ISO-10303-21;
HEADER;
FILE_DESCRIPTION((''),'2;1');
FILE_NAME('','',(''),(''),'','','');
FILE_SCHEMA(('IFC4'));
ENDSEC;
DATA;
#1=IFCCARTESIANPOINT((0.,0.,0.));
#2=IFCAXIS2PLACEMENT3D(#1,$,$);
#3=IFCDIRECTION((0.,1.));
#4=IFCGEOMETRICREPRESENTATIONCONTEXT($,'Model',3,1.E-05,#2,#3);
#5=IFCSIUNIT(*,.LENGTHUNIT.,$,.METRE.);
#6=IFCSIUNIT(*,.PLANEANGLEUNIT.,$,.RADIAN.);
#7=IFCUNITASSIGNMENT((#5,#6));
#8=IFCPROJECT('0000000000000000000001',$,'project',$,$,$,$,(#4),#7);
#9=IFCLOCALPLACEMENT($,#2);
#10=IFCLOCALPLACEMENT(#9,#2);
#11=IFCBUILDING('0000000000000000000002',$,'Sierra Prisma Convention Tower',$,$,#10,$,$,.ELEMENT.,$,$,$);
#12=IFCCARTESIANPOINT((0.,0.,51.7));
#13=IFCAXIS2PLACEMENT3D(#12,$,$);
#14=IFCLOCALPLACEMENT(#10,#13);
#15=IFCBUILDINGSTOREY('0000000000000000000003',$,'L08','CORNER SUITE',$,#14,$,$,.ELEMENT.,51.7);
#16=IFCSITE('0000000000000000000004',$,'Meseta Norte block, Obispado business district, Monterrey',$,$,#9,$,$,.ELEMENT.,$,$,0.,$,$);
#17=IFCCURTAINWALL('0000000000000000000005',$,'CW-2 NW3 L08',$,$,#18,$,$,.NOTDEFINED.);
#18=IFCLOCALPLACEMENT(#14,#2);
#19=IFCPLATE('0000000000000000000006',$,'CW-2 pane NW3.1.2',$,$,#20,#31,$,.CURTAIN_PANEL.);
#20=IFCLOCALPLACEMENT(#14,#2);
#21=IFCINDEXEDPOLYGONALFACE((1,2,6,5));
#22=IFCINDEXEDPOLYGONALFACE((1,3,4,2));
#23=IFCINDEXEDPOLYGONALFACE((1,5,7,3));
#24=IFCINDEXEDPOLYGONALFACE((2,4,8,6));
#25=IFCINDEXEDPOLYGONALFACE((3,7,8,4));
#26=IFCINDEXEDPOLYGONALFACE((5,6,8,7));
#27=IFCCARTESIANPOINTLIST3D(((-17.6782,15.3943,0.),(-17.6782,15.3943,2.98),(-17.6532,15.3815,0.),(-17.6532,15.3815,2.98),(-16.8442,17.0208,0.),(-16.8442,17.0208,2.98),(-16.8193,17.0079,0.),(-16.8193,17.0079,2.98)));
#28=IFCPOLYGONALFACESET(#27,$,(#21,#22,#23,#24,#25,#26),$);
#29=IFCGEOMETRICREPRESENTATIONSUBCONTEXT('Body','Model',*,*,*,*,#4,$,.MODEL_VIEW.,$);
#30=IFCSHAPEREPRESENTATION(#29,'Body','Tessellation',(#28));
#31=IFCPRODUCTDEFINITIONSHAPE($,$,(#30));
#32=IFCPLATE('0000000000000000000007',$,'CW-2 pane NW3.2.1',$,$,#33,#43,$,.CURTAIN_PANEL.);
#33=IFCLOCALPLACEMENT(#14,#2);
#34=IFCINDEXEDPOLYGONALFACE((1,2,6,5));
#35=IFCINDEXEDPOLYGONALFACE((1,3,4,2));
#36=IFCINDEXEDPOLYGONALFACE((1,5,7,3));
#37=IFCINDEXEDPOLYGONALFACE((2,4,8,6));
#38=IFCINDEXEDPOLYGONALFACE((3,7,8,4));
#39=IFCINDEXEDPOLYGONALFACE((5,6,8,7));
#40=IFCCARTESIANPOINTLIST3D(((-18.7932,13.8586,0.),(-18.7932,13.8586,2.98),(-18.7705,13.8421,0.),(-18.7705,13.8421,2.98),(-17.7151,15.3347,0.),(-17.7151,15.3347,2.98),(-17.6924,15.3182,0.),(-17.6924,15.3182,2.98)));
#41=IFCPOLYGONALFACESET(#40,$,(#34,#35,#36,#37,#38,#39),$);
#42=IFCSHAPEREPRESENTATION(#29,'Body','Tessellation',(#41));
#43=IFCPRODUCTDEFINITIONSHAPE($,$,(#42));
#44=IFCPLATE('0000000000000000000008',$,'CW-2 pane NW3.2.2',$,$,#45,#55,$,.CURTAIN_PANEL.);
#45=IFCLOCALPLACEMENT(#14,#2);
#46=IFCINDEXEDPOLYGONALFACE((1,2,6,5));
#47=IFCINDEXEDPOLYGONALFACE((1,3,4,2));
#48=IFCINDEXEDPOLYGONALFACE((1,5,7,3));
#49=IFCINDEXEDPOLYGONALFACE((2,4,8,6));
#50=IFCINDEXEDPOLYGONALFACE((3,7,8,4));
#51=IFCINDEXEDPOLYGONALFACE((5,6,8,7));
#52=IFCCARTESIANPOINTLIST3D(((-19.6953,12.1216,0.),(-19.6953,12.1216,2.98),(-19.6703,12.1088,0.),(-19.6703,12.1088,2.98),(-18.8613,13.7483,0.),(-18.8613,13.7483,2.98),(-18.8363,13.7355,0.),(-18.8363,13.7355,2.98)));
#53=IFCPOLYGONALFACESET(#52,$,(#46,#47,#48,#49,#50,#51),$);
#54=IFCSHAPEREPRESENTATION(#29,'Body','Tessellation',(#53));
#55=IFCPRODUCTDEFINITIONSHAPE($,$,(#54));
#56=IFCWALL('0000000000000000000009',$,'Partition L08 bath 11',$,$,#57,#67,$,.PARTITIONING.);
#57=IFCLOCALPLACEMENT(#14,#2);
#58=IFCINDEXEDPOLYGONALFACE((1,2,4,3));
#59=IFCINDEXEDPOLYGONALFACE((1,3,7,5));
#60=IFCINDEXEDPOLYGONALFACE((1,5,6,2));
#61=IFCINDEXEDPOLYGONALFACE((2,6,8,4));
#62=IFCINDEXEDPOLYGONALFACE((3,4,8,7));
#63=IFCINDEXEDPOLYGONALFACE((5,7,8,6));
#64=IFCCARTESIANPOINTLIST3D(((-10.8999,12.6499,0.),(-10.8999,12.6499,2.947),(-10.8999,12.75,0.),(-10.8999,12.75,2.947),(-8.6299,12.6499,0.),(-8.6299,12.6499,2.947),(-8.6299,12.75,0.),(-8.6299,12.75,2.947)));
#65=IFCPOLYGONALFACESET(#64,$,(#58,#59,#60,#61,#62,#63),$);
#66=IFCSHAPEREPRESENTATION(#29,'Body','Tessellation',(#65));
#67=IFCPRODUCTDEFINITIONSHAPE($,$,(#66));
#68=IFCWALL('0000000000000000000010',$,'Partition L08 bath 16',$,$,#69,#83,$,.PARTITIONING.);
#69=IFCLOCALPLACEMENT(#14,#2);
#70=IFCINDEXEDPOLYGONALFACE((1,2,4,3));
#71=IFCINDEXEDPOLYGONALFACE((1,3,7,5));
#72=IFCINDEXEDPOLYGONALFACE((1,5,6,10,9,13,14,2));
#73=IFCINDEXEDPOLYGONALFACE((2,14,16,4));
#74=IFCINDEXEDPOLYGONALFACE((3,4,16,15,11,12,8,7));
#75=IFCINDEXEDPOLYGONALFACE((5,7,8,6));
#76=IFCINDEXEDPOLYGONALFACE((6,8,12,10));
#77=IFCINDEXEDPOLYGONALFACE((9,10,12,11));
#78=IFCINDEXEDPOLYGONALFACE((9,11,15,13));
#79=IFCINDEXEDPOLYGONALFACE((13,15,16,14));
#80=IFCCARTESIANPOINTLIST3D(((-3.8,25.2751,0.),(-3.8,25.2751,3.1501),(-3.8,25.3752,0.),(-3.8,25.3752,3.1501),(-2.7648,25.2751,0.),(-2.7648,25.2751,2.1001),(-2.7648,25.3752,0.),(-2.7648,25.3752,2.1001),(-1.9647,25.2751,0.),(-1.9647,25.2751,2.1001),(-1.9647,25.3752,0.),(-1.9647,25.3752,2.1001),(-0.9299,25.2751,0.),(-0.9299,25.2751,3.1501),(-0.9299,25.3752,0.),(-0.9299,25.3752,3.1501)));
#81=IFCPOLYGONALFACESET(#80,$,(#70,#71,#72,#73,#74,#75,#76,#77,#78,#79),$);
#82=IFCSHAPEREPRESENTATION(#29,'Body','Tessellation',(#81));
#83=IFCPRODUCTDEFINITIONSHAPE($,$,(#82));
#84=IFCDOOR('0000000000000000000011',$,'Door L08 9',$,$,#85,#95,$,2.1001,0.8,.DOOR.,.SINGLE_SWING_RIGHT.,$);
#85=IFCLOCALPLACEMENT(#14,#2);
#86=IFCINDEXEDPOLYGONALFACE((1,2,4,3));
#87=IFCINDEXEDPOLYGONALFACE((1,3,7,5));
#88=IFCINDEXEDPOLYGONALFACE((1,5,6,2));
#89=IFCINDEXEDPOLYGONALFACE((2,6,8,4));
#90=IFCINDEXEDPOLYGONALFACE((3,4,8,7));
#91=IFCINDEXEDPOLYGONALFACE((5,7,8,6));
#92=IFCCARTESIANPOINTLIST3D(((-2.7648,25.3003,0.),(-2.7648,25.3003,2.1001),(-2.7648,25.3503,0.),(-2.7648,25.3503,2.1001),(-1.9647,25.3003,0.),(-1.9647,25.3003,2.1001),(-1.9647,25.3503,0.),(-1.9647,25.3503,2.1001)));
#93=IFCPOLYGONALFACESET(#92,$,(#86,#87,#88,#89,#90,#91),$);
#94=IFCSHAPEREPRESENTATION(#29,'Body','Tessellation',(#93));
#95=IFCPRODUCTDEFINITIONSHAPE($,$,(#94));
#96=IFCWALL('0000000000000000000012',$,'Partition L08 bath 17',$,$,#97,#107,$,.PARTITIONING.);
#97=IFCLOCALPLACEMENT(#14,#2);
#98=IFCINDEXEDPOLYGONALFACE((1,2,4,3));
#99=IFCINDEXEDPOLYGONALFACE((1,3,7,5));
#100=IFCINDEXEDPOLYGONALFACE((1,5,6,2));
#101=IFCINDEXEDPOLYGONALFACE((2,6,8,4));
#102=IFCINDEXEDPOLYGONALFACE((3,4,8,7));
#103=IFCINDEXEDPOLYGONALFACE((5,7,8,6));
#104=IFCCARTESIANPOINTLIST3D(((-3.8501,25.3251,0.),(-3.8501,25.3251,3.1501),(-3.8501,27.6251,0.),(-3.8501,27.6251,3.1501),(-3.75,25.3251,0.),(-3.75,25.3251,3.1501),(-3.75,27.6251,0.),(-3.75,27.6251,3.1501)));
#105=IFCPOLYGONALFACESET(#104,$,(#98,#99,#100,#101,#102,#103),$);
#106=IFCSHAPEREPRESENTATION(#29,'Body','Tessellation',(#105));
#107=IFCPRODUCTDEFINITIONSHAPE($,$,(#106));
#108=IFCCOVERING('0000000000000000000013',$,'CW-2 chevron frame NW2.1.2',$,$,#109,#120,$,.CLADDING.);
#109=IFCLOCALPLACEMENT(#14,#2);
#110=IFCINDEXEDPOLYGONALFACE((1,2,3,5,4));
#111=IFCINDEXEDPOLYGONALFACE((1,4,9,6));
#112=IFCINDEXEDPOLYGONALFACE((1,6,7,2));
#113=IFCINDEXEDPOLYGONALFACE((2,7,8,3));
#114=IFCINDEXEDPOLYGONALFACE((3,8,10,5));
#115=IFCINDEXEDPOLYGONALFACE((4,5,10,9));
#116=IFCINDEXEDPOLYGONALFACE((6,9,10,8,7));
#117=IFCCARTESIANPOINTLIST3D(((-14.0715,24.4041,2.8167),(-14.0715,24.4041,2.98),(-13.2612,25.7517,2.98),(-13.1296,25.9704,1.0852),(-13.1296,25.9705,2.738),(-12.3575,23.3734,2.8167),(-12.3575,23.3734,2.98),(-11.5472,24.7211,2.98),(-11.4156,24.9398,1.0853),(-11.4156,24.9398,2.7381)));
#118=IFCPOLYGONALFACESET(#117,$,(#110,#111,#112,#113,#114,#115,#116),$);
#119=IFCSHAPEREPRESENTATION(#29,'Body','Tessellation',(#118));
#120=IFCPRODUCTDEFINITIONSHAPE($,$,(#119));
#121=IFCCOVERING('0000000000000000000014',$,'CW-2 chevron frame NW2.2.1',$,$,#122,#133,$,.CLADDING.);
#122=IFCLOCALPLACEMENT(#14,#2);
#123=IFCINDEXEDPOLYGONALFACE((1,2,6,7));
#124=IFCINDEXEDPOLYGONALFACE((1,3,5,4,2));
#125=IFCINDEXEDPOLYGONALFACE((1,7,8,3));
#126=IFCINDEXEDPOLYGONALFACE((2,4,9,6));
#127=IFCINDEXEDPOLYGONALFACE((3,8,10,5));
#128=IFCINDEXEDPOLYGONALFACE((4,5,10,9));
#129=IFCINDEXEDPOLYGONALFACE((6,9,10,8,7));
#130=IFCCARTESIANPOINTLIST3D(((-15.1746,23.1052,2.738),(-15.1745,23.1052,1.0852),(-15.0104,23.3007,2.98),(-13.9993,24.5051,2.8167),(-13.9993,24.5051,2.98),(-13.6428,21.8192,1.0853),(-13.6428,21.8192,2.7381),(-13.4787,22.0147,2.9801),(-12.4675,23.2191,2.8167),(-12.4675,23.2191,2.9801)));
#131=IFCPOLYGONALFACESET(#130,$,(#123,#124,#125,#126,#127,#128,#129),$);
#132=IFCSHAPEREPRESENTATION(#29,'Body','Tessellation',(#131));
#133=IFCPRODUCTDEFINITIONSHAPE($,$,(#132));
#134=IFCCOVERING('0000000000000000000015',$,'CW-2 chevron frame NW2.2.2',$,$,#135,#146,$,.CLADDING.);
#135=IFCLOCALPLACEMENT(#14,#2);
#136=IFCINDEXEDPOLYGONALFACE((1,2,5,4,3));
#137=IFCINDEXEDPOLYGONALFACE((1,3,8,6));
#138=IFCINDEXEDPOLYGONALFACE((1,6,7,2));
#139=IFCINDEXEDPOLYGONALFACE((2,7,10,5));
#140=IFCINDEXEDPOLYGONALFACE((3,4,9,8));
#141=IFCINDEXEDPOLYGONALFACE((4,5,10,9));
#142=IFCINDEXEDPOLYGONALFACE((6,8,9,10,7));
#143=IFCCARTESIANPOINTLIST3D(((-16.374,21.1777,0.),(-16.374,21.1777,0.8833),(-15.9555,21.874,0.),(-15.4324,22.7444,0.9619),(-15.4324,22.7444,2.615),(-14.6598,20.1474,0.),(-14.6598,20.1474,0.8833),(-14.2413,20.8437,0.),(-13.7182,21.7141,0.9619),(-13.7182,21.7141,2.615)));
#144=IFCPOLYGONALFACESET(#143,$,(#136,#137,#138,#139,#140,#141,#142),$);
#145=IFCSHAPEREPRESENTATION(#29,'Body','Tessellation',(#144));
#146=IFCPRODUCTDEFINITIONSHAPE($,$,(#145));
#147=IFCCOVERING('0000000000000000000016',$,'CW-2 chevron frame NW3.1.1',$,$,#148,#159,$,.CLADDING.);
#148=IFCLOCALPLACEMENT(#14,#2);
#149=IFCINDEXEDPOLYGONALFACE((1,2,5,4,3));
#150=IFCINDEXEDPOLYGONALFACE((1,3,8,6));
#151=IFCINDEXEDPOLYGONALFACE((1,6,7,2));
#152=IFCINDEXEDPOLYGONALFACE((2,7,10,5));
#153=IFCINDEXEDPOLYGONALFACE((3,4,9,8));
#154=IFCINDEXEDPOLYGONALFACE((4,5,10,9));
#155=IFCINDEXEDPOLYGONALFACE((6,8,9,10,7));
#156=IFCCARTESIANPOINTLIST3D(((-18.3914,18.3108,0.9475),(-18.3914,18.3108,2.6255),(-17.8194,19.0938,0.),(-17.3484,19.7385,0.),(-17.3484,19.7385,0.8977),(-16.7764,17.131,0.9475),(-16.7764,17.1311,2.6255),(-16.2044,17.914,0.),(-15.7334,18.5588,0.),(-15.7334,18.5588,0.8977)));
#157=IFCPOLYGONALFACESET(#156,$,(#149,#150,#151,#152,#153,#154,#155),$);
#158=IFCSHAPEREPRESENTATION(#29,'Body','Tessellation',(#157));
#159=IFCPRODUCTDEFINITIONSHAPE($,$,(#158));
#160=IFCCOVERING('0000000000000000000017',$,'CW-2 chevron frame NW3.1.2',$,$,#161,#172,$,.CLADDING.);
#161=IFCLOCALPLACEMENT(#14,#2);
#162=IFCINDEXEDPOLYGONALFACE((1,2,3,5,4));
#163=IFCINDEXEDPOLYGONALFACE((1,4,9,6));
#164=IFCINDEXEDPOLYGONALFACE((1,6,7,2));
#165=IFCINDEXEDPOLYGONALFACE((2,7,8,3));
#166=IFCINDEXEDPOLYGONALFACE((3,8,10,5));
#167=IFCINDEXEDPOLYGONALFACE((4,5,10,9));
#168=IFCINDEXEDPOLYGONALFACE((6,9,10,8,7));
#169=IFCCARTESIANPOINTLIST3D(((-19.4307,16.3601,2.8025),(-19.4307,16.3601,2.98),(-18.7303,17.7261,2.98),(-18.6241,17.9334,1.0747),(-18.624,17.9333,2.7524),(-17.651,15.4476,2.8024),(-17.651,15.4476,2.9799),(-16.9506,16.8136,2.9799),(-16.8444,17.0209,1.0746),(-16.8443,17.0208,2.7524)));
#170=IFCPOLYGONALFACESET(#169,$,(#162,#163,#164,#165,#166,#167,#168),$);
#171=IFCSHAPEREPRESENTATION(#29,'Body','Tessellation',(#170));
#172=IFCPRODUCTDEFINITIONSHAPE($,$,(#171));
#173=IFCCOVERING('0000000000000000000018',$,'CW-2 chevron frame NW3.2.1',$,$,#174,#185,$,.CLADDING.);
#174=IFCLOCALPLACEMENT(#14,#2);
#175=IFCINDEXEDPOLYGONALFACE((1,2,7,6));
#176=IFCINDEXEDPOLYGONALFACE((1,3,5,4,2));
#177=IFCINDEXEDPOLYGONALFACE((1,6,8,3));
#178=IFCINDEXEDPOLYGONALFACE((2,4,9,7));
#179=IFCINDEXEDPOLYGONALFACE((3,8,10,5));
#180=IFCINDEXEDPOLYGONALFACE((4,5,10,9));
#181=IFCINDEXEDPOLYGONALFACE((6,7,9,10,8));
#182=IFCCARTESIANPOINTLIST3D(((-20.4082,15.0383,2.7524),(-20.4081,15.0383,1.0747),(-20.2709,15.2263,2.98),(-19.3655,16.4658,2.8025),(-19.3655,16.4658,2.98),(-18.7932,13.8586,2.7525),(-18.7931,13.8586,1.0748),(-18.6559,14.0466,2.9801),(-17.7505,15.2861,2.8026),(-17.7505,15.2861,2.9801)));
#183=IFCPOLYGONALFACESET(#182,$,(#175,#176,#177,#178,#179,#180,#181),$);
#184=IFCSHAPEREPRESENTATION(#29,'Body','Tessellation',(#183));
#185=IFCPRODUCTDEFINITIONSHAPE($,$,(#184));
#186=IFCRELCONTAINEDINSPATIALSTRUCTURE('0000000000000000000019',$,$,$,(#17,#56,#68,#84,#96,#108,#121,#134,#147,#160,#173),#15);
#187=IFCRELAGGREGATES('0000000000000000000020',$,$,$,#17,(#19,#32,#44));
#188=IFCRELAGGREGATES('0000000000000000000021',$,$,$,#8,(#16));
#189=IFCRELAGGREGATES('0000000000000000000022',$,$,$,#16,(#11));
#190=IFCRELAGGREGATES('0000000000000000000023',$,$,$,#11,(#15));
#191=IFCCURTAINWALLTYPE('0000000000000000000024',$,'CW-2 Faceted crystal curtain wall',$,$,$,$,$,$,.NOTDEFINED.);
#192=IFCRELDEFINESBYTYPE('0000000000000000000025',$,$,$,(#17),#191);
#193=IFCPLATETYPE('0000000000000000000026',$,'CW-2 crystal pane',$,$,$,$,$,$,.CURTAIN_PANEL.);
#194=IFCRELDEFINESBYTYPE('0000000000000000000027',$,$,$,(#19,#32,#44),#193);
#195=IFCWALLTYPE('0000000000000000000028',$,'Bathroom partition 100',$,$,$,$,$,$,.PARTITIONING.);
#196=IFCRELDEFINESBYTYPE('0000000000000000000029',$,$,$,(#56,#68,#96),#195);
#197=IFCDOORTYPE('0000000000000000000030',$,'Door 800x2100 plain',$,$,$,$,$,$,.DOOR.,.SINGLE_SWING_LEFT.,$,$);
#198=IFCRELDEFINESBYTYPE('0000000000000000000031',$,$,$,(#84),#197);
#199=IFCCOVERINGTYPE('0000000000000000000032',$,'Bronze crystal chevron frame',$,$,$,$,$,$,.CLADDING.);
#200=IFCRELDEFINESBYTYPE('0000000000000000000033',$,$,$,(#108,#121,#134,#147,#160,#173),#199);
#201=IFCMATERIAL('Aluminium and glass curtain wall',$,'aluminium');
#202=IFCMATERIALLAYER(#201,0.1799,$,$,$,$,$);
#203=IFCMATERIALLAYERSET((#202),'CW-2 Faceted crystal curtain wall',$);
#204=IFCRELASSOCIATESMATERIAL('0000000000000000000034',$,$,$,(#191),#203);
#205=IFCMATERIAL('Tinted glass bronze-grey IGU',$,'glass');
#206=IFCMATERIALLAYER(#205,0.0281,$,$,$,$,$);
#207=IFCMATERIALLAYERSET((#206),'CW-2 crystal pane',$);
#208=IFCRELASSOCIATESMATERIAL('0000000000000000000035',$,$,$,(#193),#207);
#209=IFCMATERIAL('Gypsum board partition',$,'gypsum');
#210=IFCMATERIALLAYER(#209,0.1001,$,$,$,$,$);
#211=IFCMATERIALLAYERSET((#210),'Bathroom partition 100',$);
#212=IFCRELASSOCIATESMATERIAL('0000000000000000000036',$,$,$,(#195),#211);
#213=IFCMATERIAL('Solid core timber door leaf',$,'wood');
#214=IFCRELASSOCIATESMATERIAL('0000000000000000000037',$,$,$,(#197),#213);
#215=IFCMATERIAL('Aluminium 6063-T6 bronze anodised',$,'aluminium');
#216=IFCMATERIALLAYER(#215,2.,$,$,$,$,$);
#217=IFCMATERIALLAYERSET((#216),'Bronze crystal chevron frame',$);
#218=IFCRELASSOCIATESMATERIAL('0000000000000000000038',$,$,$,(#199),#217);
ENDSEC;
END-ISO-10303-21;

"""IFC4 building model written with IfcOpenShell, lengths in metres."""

from ifc_helpers import new_model, si_unit, direction, frame, frame_2d, origin, place, context, subcontext, project, spatial, polyline, rectangle, outline, extrude, material, layer, layer_set, type_object, element, fill, aggregate, save


model = new_model("IFC4")

# Units and contexts
model_context = context("Model", 3, precision=1e-05, world=origin(), true_north=direction((0.0, 1.0)))
body_context = subcontext(model_context, "Body", "Model", "MODEL_VIEW")
ifc_project = project(units=[si_unit("LENGTHUNIT", "METRE"), si_unit("PLANEANGLEUNIT", "RADIAN")], contexts=[model_context])

# Site, building, storey
site_placement = place(None, origin())
site = spatial("IfcSite", under=ifc_project, at=site_placement, Name="Meseta Norte block, Obispado business district, Monterrey", CompositionType="ELEMENT", RefElevation=0.0)
building_placement = place(site_placement, origin())
building = spatial("IfcBuilding", under=site, at=building_placement, Name="Sierra Prisma Convention Tower", CompositionType="ELEMENT")
storey_placement = place(building_placement, frame((0.0, 0.0, 51.7)))
storey = spatial("IfcBuildingStorey", under=building, at=storey_placement, Name="L08", Description="CORNER SUITE", CompositionType="ELEMENT", Elevation=51.7)

# Curtain wall
ifc_material_1 = material(Name="Aluminium and glass curtain wall", Category="aluminium")
ifc_layer_1 = layer(ifc_material_1, 0.1799)
ifc_layer_set_1 = layer_set([ifc_layer_1], Name="CW-2 Faceted crystal curtain wall")
curtain_wall_type = type_object("IfcCurtainWallType", Name="CW-2 Faceted crystal curtain wall", PredefinedType="NOTDEFINED", material=ifc_layer_set_1)
curtain_wall_1_placement = place(storey_placement, origin())
curtain_wall_1 = element("IfcCurtainWall", 1, at=curtain_wall_1_placement, inside=storey, type_object=curtain_wall_type, Name="CW-2 NW3 L08", PredefinedType="NOTDEFINED")

# Plates
ifc_material_2 = material(Name="Tinted glass bronze-grey IGU", Category="glass")
ifc_layer_2 = layer(ifc_material_2, 0.0281)
ifc_layer_set_2 = layer_set([ifc_layer_2], Name="CW-2 crystal pane")
plate_type = type_object("IfcPlateType", Name="CW-2 crystal pane", PredefinedType="CURTAIN_PANEL", material=ifc_layer_set_2)
plate_1_placement = place(storey_placement, frame((-17.6782, 15.3943, 0.0), z_axis=(-0.88984, 0.456273, 0.0), x_axis=(0.456273, 0.88984, 0.0)))
plate_1 = element("IfcPlate", 2, at=plate_1_placement, type_object=plate_type, Name="CW-2 pane NW3.1.2", PredefinedType="CURTAIN_PANEL", context=body_context, shape_type="SweptSolid", body=[
    extrude(outline(polyline([(0.0, 0.0), (1.8278, 0.0), (1.8278, -2.98), (0.0, -2.98), (0.0, 0.0)])), origin(), (0.0, 0.0, -1.0), 0.0281),
])
plate_2_placement = place(storey_placement, frame((-17.7151, 15.3347, 0.0), z_axis=(-0.807533, 0.589822, 0.0), x_axis=(-0.589822, -0.807533, 0.0)))
plate_2 = element("IfcPlate", 3, at=plate_2_placement, type_object=plate_type, Name="CW-2 pane NW3.2.1", PredefinedType="CURTAIN_PANEL", context=body_context, shape_type="SweptSolid", body=[
    extrude(outline(polyline([(0.0, 0.0), (1.8279, 0.0), (1.8279, 2.98), (0.0, 2.98), (0.0, 0.0)])), origin(), (0.0, 0.0, -1.0), 0.0281),
])
plate_3_placement = place(storey_placement, frame((-19.6953, 12.1216, 0.0), z_axis=(-0.889868, 0.456219, 0.0), x_axis=(0.456219, 0.889868, 0.0)))
plate_3 = element("IfcPlate", 4, at=plate_3_placement, type_object=plate_type, Name="CW-2 pane NW3.2.2", PredefinedType="CURTAIN_PANEL", context=body_context, shape_type="SweptSolid", body=[
    extrude(outline(polyline([(0.0, 0.0), (1.828, 0.0), (1.828, -2.98), (0.0, -2.98), (0.0, 0.0)])), origin(), (0.0, 0.0, -1.0), 0.0281),
])
aggregate(curtain_wall_1, [plate_1, plate_2, plate_3])

# Wall
ifc_material_3 = material(Name="Gypsum board partition", Category="gypsum")
ifc_layer_3 = layer(ifc_material_3, 0.1001)
ifc_layer_set_3 = layer_set([ifc_layer_3], Name="Bathroom partition 100")
wall_type = type_object("IfcWallType", Name="Bathroom partition 100", PredefinedType="PARTITIONING", material=ifc_layer_set_3)
wall_1_placement = place(storey_placement, frame((-10.8999, 12.7, 0.0), z_axis=(0.0, 0.0, 1.0), x_axis=(1.0, 0.0, 0.0)))
element("IfcWall", 5, at=wall_1_placement, inside=storey, type_object=wall_type, Name="Partition L08 bath 11", PredefinedType="PARTITIONING", context=body_context, shape_type="SweptSolid", body=[
    extrude(rectangle(XDim=2.27, YDim=0.1001, at=frame_2d((1.135, 0.0))), origin(), (0.0, 0.0, 1.0), 2.947),
])

# Wall, opening, door
wall_2_placement = place(storey_placement, frame((-0.9299, 25.3252, 0.0), z_axis=(0.0, 0.0, 1.0), x_axis=(-1.0, 0.0, 0.0)))
wall_2 = element("IfcWall", 6, at=wall_2_placement, inside=storey, type_object=wall_type, Name="Partition L08 bath 16", PredefinedType="PARTITIONING", context=body_context, shape_type="SweptSolid", body=[
    extrude(rectangle(XDim=2.8701, YDim=0.1001, at=frame_2d((1.4351, 0.0))), origin(), (0.0, 0.0, 1.0), 3.1501),
])
opening_placement = place(wall_2_placement, frame((1.0349, 0.0, 0.0)))
opening = element("IfcOpeningElement", 7, at=opening_placement, cuts=wall_2, PredefinedType="OPENING", context=body_context, shape_type="SweptSolid", body=[
    extrude(rectangle(XDim=0.8, YDim=2.1001, at=frame_2d((0.3999, 1.05))), frame((0.0, 0.05, 0.0), z_axis=(0.0, -1.0, 0.0), x_axis=(1.0, 0.0, 0.0)), (0.0, 0.0, 1.0), 0.1001),
])
ifc_material_4 = material(Name="Solid core timber door leaf", Category="wood")
door_type = type_object("IfcDoorType", Name="Door 800x2100 plain", OperationType="SINGLE_SWING_LEFT", PredefinedType="DOOR", material=ifc_material_4)
door_placement = place(opening_placement, origin())
door = element("IfcDoor", 8, at=door_placement, inside=storey, type_object=door_type, Name="Door L08 9", OperationType="SINGLE_SWING_RIGHT", OverallHeight=2.1001, OverallWidth=0.8, PredefinedType="DOOR", context=body_context, shape_type="SweptSolid", body=[
    extrude(rectangle(XDim=0.8, YDim=2.1001, at=frame_2d((0.3999, 1.05))), frame((0.0, 0.0249, 0.0), z_axis=(0.0, -1.0, 0.0), x_axis=(1.0, 0.0, 0.0)), (0.0, 0.0, 1.0), 0.05),
])
fill(opening, door)

# Wall
wall_3_placement = place(storey_placement, frame((-3.8, 25.3252, 0.0), z_axis=(0.0, 0.0, 1.0), x_axis=(0.0, 1.0, 0.0)))
element("IfcWall", 9, at=wall_3_placement, inside=storey, type_object=wall_type, Name="Partition L08 bath 17", PredefinedType="PARTITIONING", context=body_context, shape_type="SweptSolid", body=[
    extrude(rectangle(XDim=2.3, YDim=0.1001, at=frame_2d((1.1499, 0.0))), origin(), (0.0, 0.0, 1.0), 3.1501),
])

# Coverings
ifc_material_5 = material(Name="Aluminium 6063-T6 bronze anodised", Category="aluminium")
ifc_layer_4 = layer(ifc_material_5, 2.0)
ifc_layer_set_4 = layer_set([ifc_layer_4], Name="Bronze crystal chevron frame")
covering_type = type_object("IfcCoveringType", Name="Bronze crystal chevron frame", PredefinedType="CLADDING", material=ifc_layer_set_4)
covering_1_placement = place(storey_placement, frame((-13.1296, 25.9705, 2.738), z_axis=(-0.856999, 0.515318, -0.000023), x_axis=(0.00002, -0.000012, -1.0)))
element("IfcCovering", 10, at=covering_1_placement, inside=storey, type_object=covering_type, Name="CW-2 chevron frame NW2.1.2", PredefinedType="CLADDING", context=body_context, shape_type="SweptSolid", body=[
    extrude(outline(polyline([(0.0, 0.0), (1.6528, 0.0), (-0.0786, 1.8278), (-0.2419, 1.8278), (-0.2419, 0.2553), (0.0, 0.0)])), origin(), (0.0, 0.0, -1.0), 2.0),
])
covering_2_placement = place(storey_placement, frame((-13.9993, 24.5051, 2.98), z_axis=(-0.765869, 0.642996, -0.000045), x_axis=(0.000034, -0.000029, -1.0)))
element("IfcCovering", 11, at=covering_2_placement, inside=storey, type_object=covering_type, Name="CW-2 chevron frame NW2.2.1", PredefinedType="CLADDING", context=body_context, shape_type="SweptSolid", body=[
    extrude(outline(polyline([(0.0, 0.0), (0.1633, 0.0), (1.8948, 1.8279), (0.2419, 1.8279), (0.0, 1.5726), (0.0, 0.0)])), origin(), (0.0, 0.0, -1.0), 2.0),
])
covering_3_placement = place(storey_placement, frame((-16.374, 21.1777, 0.0), z_axis=(-0.857096, 0.515156, 0.000016), x_axis=(0.000013, -0.000008, 1.0)))
element("IfcCovering", 12, at=covering_3_placement, inside=storey, type_object=covering_type, Name="CW-2 chevron frame NW2.2.2", PredefinedType="CLADDING", context=body_context, shape_type="SweptSolid", body=[
    extrude(outline(polyline([(0.0, 0.0), (0.8833, 0.0), (2.615, 1.8279), (0.9619, 1.8279), (0.0, 0.8124), (0.0, 0.0)])), origin(), (0.0, 0.0, -1.0), 2.0),
])
covering_4_placement = place(storey_placement, frame((-17.3484, 19.7385, 0.0), z_axis=(-0.807498, 0.589871, -0.000018), x_axis=(-0.589871, -0.807498, 0.0)))
element("IfcCovering", 13, at=covering_4_placement, inside=storey, type_object=covering_type, Name="CW-2 chevron frame NW3.1.1", PredefinedType="CLADDING", context=body_context, shape_type="SweptSolid", body=[
    extrude(outline(polyline([(0.0, 0.0), (0.7985, 0.0), (1.7681, 0.9475), (1.7681, 2.6255), (0.0, 0.8977), (0.0, 0.0)])), origin(), (0.0, 0.0, -1.0), 2.0),
])
covering_5_placement = place(storey_placement, frame((-18.624, 17.9333, 2.7524), z_axis=(-0.88985, 0.456253, 0.000032), x_axis=(-0.000029, 0.000015, -1.0)))
element("IfcCovering", 14, at=covering_5_placement, inside=storey, type_object=covering_type, Name="CW-2 chevron frame NW3.1.2", PredefinedType="CLADDING", context=body_context, shape_type="SweptSolid", body=[
    extrude(outline(polyline([(0.0, 0.0), (1.6777, 0.0), (-0.05, 1.768), (-0.2275, 1.768), (-0.2275, 0.2329), (0.0, 0.0)])), origin(), (0.0, 0.0, -1.0), 2.0),
])
covering_6_placement = place(storey_placement, frame((-19.3655, 16.4658, 2.98), z_axis=(-0.807507, 0.589858, -0.000044), x_axis=(0.000035, -0.000026, -1.0)))
element("IfcCovering", 15, at=covering_6_placement, inside=storey, type_object=covering_type, Name="CW-2 chevron frame NW3.2.1", PredefinedType="CLADDING", context=body_context, shape_type="SweptSolid", body=[
    extrude(outline(polyline([(0.0, 0.0), (0.1775, 0.0), (1.9053, 1.7678), (0.2275, 1.7678), (0.0, 1.535), (0.0, 0.0)])), origin(), (0.0, 0.0, -1.0), 2.0),
])

save(model, "model.ifc")
